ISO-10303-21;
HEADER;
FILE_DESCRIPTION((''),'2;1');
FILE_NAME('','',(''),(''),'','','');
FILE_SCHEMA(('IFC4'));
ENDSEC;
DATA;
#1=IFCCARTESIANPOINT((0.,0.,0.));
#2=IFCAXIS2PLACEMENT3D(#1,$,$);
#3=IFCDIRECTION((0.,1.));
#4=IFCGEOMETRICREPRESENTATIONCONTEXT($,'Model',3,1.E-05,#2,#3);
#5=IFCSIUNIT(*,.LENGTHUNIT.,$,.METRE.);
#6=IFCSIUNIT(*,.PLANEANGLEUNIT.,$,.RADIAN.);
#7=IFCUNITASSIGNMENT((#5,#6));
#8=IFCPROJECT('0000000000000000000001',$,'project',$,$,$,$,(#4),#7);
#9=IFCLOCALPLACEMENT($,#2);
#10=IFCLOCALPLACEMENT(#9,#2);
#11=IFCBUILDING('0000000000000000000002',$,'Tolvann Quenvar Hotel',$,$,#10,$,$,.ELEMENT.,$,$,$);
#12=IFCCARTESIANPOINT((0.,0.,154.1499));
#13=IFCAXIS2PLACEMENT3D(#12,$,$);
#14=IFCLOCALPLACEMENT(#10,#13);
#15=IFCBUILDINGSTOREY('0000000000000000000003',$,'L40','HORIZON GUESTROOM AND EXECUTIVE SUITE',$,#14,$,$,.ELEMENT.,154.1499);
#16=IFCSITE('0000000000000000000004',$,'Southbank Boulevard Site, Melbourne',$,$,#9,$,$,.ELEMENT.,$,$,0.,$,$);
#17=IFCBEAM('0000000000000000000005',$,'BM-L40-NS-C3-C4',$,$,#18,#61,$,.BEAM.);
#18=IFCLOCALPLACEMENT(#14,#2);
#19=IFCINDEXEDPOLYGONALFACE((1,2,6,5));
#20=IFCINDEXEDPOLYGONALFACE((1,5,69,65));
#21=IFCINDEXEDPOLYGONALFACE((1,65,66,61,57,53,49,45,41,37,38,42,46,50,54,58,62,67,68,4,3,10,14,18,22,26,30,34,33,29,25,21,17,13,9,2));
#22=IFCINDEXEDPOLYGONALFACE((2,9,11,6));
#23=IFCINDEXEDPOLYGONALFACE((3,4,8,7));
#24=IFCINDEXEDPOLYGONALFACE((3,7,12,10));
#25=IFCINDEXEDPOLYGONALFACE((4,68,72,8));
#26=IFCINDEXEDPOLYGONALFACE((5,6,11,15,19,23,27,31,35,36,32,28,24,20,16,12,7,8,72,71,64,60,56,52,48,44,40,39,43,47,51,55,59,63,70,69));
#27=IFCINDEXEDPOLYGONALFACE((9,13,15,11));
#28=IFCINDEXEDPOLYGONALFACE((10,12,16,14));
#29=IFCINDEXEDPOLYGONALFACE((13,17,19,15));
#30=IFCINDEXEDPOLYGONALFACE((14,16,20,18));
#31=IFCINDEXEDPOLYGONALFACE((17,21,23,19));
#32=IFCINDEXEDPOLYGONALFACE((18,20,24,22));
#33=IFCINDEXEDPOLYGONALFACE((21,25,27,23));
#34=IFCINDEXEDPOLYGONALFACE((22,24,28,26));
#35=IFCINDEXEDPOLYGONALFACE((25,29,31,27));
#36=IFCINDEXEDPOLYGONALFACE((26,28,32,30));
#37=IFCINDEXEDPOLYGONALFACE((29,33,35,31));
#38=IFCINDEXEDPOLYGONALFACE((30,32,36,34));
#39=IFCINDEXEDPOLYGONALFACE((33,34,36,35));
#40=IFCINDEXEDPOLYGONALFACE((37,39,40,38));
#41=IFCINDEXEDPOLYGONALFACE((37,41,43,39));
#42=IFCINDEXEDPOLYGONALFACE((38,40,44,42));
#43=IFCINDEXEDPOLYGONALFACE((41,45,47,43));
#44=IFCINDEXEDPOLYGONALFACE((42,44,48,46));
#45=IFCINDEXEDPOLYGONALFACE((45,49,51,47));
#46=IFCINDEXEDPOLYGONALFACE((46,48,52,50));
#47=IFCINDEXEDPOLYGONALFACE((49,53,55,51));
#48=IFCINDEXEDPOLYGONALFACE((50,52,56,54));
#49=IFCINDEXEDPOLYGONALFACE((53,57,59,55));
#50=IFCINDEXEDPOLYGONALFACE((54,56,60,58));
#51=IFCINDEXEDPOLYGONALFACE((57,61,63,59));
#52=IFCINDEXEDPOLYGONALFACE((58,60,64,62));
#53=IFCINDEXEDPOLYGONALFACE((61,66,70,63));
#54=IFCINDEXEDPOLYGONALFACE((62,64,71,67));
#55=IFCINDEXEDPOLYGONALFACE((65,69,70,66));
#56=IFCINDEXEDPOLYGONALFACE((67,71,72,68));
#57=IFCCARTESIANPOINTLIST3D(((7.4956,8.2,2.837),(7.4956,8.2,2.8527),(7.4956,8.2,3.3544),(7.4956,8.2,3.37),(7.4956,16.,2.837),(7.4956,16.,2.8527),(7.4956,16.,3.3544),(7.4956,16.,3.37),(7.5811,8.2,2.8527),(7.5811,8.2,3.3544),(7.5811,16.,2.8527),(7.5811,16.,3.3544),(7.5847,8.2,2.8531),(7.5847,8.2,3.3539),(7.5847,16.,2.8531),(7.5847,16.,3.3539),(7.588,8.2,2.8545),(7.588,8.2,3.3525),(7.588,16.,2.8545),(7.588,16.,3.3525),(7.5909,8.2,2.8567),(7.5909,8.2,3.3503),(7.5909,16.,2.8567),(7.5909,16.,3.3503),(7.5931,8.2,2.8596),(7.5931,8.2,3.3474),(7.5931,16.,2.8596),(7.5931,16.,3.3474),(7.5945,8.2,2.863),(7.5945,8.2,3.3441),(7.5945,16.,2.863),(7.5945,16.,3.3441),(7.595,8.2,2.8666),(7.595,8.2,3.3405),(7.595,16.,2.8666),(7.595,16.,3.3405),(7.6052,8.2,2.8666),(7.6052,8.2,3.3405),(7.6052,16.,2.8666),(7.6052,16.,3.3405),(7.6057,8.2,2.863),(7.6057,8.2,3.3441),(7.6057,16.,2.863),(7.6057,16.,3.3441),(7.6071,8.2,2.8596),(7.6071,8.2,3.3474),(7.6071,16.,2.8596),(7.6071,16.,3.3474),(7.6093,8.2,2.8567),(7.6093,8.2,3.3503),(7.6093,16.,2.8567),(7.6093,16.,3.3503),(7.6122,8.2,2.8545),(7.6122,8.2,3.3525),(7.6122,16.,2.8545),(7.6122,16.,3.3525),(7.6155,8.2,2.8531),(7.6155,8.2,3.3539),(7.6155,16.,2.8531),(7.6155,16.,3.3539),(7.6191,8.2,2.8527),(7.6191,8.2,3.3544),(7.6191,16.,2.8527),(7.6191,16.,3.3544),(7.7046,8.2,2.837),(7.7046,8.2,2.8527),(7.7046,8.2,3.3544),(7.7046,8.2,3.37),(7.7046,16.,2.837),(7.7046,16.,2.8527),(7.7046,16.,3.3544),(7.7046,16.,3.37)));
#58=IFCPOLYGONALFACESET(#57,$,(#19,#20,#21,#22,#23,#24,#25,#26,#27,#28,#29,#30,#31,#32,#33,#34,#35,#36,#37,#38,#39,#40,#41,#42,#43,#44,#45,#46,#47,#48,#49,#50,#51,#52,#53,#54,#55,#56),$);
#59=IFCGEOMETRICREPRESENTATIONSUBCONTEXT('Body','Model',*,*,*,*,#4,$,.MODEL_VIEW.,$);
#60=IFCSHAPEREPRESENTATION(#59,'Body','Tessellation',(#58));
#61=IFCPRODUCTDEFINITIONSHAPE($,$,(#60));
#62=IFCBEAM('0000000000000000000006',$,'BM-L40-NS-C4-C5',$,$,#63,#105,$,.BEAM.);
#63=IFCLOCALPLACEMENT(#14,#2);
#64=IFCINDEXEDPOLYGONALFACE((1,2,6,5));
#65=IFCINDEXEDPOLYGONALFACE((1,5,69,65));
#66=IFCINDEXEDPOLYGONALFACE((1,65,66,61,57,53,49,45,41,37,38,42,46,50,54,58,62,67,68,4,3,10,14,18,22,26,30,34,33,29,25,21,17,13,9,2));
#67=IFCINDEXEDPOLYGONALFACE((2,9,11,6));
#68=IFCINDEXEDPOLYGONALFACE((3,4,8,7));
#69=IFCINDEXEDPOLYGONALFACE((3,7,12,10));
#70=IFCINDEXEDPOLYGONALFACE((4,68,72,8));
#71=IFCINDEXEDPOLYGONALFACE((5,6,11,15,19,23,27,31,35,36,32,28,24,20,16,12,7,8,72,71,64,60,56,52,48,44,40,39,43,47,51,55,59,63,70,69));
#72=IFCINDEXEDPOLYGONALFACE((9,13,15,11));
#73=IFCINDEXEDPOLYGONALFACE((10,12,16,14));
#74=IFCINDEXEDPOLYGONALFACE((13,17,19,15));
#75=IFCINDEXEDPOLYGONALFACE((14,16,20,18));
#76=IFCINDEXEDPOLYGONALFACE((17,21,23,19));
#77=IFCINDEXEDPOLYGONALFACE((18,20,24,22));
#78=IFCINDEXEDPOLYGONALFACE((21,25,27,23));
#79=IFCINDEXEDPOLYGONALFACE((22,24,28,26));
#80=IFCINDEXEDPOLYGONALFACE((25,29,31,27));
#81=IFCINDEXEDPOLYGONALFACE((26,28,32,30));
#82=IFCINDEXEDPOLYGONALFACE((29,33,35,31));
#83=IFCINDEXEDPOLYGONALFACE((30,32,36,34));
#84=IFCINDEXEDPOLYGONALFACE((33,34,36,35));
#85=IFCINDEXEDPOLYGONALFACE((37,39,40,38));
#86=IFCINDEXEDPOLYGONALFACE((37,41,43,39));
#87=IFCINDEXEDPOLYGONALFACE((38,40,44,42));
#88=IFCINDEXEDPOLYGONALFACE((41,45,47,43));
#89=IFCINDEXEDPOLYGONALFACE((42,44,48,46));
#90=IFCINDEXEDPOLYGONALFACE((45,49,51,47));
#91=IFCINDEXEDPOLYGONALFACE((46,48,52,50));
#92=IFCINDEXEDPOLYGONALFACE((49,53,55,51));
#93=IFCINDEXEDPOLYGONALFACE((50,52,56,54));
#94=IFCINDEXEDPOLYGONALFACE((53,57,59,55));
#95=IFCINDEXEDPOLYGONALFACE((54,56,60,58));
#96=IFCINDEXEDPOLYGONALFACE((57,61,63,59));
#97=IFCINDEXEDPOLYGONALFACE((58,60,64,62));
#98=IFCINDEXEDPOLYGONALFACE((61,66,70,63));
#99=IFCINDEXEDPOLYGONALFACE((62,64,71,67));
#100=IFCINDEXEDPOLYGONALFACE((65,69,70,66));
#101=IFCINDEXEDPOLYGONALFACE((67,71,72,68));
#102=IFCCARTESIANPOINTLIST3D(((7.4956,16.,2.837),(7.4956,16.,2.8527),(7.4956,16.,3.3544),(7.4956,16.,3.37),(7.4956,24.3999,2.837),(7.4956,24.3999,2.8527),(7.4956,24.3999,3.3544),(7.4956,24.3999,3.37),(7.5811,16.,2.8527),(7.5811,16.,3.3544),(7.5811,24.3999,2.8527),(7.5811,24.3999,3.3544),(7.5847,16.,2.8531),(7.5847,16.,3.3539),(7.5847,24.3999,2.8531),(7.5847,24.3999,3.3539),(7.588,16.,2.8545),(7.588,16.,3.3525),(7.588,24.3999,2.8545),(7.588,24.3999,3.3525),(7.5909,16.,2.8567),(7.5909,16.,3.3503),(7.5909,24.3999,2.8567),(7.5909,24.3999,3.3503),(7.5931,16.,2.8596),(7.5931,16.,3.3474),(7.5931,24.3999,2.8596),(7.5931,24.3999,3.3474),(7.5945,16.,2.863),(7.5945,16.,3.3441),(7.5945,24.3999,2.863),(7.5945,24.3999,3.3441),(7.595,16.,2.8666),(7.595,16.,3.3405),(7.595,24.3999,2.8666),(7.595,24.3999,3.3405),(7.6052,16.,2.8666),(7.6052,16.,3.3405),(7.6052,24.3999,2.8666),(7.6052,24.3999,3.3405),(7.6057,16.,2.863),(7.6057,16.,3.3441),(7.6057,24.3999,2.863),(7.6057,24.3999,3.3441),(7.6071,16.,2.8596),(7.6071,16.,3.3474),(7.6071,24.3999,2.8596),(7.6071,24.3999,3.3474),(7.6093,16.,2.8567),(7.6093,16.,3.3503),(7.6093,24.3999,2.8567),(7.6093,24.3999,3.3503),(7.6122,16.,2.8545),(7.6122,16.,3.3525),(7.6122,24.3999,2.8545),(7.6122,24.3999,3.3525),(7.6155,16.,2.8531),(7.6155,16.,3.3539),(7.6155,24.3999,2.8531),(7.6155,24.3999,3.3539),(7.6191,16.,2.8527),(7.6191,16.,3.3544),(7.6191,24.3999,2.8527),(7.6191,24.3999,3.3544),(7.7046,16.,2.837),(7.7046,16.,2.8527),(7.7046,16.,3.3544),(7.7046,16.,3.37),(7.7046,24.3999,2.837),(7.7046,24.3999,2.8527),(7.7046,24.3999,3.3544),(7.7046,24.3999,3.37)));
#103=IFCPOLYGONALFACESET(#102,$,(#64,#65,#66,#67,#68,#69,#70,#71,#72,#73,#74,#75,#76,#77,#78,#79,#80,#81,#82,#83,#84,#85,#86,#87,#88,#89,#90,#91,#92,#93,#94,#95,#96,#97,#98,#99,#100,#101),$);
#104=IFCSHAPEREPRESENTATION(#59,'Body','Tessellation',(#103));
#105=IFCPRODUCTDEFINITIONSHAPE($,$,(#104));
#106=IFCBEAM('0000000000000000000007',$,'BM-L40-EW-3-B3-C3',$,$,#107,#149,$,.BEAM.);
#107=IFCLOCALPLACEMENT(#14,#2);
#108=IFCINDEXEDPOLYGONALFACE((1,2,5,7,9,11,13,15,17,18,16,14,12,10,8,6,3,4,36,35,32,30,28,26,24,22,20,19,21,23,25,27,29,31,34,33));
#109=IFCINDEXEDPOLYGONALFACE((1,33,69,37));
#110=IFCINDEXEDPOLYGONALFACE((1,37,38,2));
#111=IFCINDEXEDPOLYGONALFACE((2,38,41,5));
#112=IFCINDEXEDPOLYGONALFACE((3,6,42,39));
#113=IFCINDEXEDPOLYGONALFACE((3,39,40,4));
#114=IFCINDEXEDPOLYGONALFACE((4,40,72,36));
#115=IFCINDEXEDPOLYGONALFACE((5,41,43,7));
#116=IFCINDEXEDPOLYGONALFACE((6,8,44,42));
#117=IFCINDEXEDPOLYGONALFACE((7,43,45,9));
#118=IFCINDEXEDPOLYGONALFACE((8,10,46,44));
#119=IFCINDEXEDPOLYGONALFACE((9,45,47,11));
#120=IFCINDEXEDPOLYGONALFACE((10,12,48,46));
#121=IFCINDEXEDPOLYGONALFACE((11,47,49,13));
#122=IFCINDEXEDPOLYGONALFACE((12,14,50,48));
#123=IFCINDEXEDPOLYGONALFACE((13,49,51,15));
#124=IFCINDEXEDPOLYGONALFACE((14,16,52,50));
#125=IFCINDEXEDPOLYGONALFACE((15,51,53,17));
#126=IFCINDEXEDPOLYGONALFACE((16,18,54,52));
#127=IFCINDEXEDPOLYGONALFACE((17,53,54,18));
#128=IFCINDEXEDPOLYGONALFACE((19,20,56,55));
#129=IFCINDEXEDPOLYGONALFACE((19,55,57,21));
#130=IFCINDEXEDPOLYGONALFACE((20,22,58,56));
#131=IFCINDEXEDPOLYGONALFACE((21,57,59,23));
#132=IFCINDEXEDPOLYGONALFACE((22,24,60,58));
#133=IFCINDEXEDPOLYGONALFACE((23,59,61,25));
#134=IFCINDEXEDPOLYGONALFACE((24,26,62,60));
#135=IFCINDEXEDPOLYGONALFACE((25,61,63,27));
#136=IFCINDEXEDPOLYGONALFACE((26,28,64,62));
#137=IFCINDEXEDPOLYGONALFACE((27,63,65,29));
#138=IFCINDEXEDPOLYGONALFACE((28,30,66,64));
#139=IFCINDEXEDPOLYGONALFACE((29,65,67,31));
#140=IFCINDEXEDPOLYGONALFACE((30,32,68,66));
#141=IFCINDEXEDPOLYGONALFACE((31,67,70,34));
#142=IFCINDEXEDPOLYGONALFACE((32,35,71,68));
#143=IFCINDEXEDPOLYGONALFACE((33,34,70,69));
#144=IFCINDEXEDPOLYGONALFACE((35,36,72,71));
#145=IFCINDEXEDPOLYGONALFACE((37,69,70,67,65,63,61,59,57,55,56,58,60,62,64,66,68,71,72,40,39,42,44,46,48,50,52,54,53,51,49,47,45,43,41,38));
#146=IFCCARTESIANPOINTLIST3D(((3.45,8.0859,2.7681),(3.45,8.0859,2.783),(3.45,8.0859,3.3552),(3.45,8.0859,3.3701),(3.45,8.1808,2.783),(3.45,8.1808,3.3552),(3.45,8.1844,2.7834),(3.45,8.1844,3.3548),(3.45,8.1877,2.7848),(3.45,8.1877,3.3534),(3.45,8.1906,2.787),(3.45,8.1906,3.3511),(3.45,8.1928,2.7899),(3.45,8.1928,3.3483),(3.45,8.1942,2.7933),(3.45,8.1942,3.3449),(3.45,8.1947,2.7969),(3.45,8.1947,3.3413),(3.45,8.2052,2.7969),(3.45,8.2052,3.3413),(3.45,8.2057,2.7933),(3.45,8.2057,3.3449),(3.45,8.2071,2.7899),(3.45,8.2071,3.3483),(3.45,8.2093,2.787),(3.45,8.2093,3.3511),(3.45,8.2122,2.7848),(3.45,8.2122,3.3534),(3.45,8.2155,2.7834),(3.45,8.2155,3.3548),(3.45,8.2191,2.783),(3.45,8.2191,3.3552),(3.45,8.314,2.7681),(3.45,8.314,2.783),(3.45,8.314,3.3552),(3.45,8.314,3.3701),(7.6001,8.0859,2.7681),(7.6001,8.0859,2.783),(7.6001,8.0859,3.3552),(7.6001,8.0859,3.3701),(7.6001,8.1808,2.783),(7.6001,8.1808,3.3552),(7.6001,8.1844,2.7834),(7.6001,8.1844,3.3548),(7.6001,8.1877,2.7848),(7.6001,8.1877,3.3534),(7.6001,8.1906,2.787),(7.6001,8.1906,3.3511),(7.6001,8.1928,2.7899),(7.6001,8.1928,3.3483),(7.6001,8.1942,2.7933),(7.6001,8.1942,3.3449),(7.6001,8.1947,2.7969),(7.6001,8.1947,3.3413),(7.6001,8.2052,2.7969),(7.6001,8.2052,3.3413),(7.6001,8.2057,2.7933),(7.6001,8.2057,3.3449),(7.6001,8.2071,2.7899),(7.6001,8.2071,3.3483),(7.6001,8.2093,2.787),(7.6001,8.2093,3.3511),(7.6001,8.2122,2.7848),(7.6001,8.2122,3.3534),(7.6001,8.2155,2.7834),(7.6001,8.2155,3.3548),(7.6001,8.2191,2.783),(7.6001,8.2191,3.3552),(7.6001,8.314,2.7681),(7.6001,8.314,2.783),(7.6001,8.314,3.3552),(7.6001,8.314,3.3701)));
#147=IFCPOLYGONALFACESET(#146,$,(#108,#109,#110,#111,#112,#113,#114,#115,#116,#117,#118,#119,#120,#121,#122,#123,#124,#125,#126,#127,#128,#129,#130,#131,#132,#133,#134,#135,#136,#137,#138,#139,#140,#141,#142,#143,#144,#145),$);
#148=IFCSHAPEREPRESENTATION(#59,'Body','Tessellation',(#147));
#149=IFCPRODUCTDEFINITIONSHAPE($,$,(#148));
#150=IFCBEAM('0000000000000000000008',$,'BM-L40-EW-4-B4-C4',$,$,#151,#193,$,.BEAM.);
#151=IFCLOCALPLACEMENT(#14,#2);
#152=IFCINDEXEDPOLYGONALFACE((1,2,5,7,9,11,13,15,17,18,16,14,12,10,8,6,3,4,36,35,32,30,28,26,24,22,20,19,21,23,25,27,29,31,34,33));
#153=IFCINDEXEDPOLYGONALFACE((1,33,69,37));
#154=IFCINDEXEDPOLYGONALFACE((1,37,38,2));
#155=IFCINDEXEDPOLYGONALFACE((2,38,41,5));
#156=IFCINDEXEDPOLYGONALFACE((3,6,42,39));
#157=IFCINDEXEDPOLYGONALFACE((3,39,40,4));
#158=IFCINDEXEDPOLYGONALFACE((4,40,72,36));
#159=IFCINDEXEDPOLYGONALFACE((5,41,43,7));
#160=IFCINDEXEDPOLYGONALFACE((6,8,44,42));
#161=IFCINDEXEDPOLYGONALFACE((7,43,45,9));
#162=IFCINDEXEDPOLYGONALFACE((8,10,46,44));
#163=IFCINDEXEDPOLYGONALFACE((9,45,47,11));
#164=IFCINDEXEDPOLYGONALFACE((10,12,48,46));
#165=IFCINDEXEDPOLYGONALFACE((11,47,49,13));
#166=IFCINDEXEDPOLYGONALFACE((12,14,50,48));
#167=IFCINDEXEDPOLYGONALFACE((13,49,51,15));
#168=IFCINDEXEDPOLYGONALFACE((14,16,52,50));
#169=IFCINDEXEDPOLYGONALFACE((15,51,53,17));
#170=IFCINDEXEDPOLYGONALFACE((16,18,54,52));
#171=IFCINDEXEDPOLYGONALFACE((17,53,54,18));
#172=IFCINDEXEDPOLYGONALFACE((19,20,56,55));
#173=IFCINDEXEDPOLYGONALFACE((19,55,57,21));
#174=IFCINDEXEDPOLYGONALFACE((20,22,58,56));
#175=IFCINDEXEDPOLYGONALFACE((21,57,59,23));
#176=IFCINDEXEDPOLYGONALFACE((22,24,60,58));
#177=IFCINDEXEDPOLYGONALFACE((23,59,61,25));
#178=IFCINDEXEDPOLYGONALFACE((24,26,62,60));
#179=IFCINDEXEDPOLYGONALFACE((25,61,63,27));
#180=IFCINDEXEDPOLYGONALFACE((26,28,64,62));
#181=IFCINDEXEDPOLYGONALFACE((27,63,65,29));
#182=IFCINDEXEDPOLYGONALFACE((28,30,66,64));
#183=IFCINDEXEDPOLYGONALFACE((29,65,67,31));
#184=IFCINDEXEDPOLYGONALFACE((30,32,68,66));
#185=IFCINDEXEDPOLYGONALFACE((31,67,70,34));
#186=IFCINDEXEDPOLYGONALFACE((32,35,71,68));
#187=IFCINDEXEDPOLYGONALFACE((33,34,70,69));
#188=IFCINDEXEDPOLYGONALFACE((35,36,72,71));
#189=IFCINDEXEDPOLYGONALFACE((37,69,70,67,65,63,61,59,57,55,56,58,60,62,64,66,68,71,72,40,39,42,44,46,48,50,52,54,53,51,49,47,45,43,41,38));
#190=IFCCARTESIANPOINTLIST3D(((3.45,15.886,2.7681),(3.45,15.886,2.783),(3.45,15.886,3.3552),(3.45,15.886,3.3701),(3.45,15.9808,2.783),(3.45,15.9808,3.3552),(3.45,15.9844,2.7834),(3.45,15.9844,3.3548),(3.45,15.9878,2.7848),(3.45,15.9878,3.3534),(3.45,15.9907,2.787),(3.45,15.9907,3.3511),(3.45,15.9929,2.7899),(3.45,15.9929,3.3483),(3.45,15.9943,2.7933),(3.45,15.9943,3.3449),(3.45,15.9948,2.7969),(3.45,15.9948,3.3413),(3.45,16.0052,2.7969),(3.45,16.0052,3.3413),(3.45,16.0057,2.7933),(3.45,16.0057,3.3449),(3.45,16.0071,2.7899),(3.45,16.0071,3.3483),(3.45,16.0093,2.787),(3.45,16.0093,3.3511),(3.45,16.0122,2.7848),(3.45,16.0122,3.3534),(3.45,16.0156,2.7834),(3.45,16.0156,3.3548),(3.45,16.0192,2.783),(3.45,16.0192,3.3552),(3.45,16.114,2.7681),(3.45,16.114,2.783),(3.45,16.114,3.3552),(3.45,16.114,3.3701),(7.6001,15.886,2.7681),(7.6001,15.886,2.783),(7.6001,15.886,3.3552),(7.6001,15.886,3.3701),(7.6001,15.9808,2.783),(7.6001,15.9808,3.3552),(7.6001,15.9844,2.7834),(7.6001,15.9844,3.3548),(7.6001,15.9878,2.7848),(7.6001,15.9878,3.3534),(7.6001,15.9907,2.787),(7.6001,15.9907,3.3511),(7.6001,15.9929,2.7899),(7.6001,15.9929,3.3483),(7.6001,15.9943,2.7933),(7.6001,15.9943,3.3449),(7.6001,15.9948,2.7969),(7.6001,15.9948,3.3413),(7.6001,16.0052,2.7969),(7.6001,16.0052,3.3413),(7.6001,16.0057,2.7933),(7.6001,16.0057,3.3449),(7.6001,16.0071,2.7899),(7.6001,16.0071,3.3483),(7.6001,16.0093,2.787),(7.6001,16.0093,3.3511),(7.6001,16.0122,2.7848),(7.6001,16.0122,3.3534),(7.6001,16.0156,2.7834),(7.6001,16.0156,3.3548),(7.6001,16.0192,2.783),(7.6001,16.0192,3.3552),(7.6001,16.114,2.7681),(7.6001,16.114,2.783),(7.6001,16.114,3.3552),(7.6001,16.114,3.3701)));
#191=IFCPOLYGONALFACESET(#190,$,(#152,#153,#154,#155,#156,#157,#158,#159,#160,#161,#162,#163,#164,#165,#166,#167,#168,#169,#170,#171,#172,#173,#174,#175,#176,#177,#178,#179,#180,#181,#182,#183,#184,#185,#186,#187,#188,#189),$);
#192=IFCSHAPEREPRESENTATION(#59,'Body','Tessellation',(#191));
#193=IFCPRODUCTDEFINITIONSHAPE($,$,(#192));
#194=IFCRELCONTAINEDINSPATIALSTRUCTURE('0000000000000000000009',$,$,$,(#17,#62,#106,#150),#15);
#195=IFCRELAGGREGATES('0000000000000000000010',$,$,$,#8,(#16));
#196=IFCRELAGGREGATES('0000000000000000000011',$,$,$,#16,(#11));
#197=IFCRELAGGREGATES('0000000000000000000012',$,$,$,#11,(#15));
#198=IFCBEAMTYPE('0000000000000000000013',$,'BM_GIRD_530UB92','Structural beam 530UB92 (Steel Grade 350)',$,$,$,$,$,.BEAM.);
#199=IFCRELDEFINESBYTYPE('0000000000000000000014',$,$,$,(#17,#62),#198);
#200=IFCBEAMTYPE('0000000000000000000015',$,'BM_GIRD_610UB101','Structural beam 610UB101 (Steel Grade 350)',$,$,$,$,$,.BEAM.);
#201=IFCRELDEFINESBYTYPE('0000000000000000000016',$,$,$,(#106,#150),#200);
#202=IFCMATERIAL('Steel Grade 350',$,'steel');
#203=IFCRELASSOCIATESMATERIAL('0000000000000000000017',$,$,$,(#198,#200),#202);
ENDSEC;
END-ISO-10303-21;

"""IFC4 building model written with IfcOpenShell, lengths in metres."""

from ifc_helpers import new_model, si_unit, direction, frame, origin, origin_2d, place, context, subcontext, project, spatial, i_section, extrude, source, transform, mapped, material, material_profile, profile_set, type_object, type_shapes, element, save


model = new_model("IFC4")

# Units and contexts
model_context = context("Model", 3, precision=1e-05, world=origin(), true_north=direction((0.0, 1.0)))
body_context = subcontext(model_context, "Body", "Model", "MODEL_VIEW")
ifc_project = project(units=[si_unit("LENGTHUNIT", "METRE"), si_unit("PLANEANGLEUNIT", "RADIAN")], contexts=[model_context])

# Site, building, storey
site_placement = place(None, origin())
site = spatial("IfcSite", under=ifc_project, at=site_placement, Name="Southbank Boulevard Site, Melbourne", CompositionType="ELEMENT", RefElevation=0.0)
building_placement = place(site_placement, origin())
building = spatial("IfcBuilding", under=site, at=building_placement, Name="Tolvann Quenvar Hotel", CompositionType="ELEMENT")
storey_placement = place(building_placement, frame((0.0, 0.0, 154.1499)))
storey = spatial("IfcBuildingStorey", under=building, at=storey_placement, Name="L40", Description="HORIZON GUESTROOM AND EXECUTIVE SUITE", CompositionType="ELEMENT", Elevation=154.1499)

# Shared definitions
ifc_material_1 = material(Name="Steel Grade 350", Category="steel")

# Beams
ifc_material_profile_1 = material_profile(ifc_material_1, i_section(OverallWidth=0.209, OverallDepth=0.533, WebThickness=0.0103, FlangeThickness=0.0156, FilletRadius=0.0139, at=origin_2d()), Name="530UB92")
ifc_profile_set_1 = profile_set([ifc_material_profile_1], Name="Steel Grade 350")
beam_type_1 = type_object("IfcBeamType", Name="BM_GIRD_530UB92", Description="Structural beam 530UB92 (Steel Grade 350)", PredefinedType="BEAM", material=ifc_profile_set_1)
shared_shape_1 = source(origin(), body_context, "Body", "SweptSolid", [
    extrude(i_section(OverallWidth=0.209, OverallDepth=0.533, WebThickness=0.0103, FlangeThickness=0.0156, FilletRadius=0.0139, at=origin_2d()), origin(), (0.0, 0.0, 1.0), 7.8),
])
beam_1_placement = place(storey_placement, frame((7.6001, 8.2, 3.1035), z_axis=(0.0, 1.0, 0.0), x_axis=(-1.0, 0.0, 0.0)))
element("IfcBeam", 1, at=beam_1_placement, inside=storey, type_object=beam_type_1, Name="BM-L40-NS-C3-C4", PredefinedType="BEAM", context=body_context, shape_type="MappedRepresentation", body=[
    mapped(shared_shape_1, transform((0.0, 0.0, 0.0), x_axis=(1.0, 0.0, 0.0), y_axis=(0.0, 1.0, 0.0), z_axis=(0.0, 0.0, 1.0), scale=1.0)),
])
shared_shape_2 = source(origin(), body_context, "Body", "SweptSolid", [
    extrude(i_section(OverallWidth=0.209, OverallDepth=0.533, WebThickness=0.0103, FlangeThickness=0.0156, FilletRadius=0.0139, at=origin_2d()), origin(), (0.0, 0.0, 1.0), 8.3999),
])
type_shapes(beam_type_1, [shared_shape_1, shared_shape_2])
beam_2_placement = place(storey_placement, frame((7.6001, 16.0, 3.1035), z_axis=(0.0, 1.0, 0.0), x_axis=(-1.0, 0.0, 0.0)))
element("IfcBeam", 2, at=beam_2_placement, inside=storey, type_object=beam_type_1, Name="BM-L40-NS-C4-C5", PredefinedType="BEAM", context=body_context, shape_type="MappedRepresentation", body=[
    mapped(shared_shape_2, transform((0.0, 0.0, 0.0), x_axis=(1.0, 0.0, 0.0), y_axis=(0.0, 1.0, 0.0), z_axis=(0.0, 0.0, 1.0), scale=1.0)),
])
ifc_material_profile_2 = material_profile(ifc_material_1, i_section(OverallWidth=0.228, OverallDepth=0.6021, WebThickness=0.0105, FlangeThickness=0.0149, FilletRadius=0.0139, at=origin_2d()), Name="610UB101")
ifc_profile_set_2 = profile_set([ifc_material_profile_2], Name="Steel Grade 350")
beam_type_2 = type_object("IfcBeamType", Name="BM_GIRD_610UB101", Description="Structural beam 610UB101 (Steel Grade 350)", PredefinedType="BEAM", material=ifc_profile_set_2)
shared_shape_3 = source(origin(), body_context, "Body", "SweptSolid", [
    extrude(i_section(OverallWidth=0.228, OverallDepth=0.6021, WebThickness=0.0105, FlangeThickness=0.0149, FilletRadius=0.0139, at=origin_2d()), origin(), (0.0, 0.0, 1.0), 4.1501),
])
for number, where, z_axis, x_axis, name in (
    (3, (3.45, 8.2, 3.0691), (1.0, 0.0, 0.0), (0.0, 1.0, 0.0), "BM-L40-EW-3-B3-C3"),
    (4, (3.45, 16.0, 3.0691), (1.0, 0.0, 0.0), (0.0, 1.0, 0.0), "BM-L40-EW-4-B4-C4"),
):
    element("IfcBeam", number, at=place(storey_placement, frame(where, z_axis=z_axis, x_axis=x_axis)), inside=storey, type_object=beam_type_2, Name=name, PredefinedType="BEAM", context=body_context, shape_type="MappedRepresentation", body=[
        mapped(shared_shape_3, transform((0.0, 0.0, 0.0), x_axis=(1.0, 0.0, 0.0), y_axis=(0.0, 1.0, 0.0), z_axis=(0.0, 0.0, 1.0), scale=1.0)),
    ])

save(model, "model.ifc")
